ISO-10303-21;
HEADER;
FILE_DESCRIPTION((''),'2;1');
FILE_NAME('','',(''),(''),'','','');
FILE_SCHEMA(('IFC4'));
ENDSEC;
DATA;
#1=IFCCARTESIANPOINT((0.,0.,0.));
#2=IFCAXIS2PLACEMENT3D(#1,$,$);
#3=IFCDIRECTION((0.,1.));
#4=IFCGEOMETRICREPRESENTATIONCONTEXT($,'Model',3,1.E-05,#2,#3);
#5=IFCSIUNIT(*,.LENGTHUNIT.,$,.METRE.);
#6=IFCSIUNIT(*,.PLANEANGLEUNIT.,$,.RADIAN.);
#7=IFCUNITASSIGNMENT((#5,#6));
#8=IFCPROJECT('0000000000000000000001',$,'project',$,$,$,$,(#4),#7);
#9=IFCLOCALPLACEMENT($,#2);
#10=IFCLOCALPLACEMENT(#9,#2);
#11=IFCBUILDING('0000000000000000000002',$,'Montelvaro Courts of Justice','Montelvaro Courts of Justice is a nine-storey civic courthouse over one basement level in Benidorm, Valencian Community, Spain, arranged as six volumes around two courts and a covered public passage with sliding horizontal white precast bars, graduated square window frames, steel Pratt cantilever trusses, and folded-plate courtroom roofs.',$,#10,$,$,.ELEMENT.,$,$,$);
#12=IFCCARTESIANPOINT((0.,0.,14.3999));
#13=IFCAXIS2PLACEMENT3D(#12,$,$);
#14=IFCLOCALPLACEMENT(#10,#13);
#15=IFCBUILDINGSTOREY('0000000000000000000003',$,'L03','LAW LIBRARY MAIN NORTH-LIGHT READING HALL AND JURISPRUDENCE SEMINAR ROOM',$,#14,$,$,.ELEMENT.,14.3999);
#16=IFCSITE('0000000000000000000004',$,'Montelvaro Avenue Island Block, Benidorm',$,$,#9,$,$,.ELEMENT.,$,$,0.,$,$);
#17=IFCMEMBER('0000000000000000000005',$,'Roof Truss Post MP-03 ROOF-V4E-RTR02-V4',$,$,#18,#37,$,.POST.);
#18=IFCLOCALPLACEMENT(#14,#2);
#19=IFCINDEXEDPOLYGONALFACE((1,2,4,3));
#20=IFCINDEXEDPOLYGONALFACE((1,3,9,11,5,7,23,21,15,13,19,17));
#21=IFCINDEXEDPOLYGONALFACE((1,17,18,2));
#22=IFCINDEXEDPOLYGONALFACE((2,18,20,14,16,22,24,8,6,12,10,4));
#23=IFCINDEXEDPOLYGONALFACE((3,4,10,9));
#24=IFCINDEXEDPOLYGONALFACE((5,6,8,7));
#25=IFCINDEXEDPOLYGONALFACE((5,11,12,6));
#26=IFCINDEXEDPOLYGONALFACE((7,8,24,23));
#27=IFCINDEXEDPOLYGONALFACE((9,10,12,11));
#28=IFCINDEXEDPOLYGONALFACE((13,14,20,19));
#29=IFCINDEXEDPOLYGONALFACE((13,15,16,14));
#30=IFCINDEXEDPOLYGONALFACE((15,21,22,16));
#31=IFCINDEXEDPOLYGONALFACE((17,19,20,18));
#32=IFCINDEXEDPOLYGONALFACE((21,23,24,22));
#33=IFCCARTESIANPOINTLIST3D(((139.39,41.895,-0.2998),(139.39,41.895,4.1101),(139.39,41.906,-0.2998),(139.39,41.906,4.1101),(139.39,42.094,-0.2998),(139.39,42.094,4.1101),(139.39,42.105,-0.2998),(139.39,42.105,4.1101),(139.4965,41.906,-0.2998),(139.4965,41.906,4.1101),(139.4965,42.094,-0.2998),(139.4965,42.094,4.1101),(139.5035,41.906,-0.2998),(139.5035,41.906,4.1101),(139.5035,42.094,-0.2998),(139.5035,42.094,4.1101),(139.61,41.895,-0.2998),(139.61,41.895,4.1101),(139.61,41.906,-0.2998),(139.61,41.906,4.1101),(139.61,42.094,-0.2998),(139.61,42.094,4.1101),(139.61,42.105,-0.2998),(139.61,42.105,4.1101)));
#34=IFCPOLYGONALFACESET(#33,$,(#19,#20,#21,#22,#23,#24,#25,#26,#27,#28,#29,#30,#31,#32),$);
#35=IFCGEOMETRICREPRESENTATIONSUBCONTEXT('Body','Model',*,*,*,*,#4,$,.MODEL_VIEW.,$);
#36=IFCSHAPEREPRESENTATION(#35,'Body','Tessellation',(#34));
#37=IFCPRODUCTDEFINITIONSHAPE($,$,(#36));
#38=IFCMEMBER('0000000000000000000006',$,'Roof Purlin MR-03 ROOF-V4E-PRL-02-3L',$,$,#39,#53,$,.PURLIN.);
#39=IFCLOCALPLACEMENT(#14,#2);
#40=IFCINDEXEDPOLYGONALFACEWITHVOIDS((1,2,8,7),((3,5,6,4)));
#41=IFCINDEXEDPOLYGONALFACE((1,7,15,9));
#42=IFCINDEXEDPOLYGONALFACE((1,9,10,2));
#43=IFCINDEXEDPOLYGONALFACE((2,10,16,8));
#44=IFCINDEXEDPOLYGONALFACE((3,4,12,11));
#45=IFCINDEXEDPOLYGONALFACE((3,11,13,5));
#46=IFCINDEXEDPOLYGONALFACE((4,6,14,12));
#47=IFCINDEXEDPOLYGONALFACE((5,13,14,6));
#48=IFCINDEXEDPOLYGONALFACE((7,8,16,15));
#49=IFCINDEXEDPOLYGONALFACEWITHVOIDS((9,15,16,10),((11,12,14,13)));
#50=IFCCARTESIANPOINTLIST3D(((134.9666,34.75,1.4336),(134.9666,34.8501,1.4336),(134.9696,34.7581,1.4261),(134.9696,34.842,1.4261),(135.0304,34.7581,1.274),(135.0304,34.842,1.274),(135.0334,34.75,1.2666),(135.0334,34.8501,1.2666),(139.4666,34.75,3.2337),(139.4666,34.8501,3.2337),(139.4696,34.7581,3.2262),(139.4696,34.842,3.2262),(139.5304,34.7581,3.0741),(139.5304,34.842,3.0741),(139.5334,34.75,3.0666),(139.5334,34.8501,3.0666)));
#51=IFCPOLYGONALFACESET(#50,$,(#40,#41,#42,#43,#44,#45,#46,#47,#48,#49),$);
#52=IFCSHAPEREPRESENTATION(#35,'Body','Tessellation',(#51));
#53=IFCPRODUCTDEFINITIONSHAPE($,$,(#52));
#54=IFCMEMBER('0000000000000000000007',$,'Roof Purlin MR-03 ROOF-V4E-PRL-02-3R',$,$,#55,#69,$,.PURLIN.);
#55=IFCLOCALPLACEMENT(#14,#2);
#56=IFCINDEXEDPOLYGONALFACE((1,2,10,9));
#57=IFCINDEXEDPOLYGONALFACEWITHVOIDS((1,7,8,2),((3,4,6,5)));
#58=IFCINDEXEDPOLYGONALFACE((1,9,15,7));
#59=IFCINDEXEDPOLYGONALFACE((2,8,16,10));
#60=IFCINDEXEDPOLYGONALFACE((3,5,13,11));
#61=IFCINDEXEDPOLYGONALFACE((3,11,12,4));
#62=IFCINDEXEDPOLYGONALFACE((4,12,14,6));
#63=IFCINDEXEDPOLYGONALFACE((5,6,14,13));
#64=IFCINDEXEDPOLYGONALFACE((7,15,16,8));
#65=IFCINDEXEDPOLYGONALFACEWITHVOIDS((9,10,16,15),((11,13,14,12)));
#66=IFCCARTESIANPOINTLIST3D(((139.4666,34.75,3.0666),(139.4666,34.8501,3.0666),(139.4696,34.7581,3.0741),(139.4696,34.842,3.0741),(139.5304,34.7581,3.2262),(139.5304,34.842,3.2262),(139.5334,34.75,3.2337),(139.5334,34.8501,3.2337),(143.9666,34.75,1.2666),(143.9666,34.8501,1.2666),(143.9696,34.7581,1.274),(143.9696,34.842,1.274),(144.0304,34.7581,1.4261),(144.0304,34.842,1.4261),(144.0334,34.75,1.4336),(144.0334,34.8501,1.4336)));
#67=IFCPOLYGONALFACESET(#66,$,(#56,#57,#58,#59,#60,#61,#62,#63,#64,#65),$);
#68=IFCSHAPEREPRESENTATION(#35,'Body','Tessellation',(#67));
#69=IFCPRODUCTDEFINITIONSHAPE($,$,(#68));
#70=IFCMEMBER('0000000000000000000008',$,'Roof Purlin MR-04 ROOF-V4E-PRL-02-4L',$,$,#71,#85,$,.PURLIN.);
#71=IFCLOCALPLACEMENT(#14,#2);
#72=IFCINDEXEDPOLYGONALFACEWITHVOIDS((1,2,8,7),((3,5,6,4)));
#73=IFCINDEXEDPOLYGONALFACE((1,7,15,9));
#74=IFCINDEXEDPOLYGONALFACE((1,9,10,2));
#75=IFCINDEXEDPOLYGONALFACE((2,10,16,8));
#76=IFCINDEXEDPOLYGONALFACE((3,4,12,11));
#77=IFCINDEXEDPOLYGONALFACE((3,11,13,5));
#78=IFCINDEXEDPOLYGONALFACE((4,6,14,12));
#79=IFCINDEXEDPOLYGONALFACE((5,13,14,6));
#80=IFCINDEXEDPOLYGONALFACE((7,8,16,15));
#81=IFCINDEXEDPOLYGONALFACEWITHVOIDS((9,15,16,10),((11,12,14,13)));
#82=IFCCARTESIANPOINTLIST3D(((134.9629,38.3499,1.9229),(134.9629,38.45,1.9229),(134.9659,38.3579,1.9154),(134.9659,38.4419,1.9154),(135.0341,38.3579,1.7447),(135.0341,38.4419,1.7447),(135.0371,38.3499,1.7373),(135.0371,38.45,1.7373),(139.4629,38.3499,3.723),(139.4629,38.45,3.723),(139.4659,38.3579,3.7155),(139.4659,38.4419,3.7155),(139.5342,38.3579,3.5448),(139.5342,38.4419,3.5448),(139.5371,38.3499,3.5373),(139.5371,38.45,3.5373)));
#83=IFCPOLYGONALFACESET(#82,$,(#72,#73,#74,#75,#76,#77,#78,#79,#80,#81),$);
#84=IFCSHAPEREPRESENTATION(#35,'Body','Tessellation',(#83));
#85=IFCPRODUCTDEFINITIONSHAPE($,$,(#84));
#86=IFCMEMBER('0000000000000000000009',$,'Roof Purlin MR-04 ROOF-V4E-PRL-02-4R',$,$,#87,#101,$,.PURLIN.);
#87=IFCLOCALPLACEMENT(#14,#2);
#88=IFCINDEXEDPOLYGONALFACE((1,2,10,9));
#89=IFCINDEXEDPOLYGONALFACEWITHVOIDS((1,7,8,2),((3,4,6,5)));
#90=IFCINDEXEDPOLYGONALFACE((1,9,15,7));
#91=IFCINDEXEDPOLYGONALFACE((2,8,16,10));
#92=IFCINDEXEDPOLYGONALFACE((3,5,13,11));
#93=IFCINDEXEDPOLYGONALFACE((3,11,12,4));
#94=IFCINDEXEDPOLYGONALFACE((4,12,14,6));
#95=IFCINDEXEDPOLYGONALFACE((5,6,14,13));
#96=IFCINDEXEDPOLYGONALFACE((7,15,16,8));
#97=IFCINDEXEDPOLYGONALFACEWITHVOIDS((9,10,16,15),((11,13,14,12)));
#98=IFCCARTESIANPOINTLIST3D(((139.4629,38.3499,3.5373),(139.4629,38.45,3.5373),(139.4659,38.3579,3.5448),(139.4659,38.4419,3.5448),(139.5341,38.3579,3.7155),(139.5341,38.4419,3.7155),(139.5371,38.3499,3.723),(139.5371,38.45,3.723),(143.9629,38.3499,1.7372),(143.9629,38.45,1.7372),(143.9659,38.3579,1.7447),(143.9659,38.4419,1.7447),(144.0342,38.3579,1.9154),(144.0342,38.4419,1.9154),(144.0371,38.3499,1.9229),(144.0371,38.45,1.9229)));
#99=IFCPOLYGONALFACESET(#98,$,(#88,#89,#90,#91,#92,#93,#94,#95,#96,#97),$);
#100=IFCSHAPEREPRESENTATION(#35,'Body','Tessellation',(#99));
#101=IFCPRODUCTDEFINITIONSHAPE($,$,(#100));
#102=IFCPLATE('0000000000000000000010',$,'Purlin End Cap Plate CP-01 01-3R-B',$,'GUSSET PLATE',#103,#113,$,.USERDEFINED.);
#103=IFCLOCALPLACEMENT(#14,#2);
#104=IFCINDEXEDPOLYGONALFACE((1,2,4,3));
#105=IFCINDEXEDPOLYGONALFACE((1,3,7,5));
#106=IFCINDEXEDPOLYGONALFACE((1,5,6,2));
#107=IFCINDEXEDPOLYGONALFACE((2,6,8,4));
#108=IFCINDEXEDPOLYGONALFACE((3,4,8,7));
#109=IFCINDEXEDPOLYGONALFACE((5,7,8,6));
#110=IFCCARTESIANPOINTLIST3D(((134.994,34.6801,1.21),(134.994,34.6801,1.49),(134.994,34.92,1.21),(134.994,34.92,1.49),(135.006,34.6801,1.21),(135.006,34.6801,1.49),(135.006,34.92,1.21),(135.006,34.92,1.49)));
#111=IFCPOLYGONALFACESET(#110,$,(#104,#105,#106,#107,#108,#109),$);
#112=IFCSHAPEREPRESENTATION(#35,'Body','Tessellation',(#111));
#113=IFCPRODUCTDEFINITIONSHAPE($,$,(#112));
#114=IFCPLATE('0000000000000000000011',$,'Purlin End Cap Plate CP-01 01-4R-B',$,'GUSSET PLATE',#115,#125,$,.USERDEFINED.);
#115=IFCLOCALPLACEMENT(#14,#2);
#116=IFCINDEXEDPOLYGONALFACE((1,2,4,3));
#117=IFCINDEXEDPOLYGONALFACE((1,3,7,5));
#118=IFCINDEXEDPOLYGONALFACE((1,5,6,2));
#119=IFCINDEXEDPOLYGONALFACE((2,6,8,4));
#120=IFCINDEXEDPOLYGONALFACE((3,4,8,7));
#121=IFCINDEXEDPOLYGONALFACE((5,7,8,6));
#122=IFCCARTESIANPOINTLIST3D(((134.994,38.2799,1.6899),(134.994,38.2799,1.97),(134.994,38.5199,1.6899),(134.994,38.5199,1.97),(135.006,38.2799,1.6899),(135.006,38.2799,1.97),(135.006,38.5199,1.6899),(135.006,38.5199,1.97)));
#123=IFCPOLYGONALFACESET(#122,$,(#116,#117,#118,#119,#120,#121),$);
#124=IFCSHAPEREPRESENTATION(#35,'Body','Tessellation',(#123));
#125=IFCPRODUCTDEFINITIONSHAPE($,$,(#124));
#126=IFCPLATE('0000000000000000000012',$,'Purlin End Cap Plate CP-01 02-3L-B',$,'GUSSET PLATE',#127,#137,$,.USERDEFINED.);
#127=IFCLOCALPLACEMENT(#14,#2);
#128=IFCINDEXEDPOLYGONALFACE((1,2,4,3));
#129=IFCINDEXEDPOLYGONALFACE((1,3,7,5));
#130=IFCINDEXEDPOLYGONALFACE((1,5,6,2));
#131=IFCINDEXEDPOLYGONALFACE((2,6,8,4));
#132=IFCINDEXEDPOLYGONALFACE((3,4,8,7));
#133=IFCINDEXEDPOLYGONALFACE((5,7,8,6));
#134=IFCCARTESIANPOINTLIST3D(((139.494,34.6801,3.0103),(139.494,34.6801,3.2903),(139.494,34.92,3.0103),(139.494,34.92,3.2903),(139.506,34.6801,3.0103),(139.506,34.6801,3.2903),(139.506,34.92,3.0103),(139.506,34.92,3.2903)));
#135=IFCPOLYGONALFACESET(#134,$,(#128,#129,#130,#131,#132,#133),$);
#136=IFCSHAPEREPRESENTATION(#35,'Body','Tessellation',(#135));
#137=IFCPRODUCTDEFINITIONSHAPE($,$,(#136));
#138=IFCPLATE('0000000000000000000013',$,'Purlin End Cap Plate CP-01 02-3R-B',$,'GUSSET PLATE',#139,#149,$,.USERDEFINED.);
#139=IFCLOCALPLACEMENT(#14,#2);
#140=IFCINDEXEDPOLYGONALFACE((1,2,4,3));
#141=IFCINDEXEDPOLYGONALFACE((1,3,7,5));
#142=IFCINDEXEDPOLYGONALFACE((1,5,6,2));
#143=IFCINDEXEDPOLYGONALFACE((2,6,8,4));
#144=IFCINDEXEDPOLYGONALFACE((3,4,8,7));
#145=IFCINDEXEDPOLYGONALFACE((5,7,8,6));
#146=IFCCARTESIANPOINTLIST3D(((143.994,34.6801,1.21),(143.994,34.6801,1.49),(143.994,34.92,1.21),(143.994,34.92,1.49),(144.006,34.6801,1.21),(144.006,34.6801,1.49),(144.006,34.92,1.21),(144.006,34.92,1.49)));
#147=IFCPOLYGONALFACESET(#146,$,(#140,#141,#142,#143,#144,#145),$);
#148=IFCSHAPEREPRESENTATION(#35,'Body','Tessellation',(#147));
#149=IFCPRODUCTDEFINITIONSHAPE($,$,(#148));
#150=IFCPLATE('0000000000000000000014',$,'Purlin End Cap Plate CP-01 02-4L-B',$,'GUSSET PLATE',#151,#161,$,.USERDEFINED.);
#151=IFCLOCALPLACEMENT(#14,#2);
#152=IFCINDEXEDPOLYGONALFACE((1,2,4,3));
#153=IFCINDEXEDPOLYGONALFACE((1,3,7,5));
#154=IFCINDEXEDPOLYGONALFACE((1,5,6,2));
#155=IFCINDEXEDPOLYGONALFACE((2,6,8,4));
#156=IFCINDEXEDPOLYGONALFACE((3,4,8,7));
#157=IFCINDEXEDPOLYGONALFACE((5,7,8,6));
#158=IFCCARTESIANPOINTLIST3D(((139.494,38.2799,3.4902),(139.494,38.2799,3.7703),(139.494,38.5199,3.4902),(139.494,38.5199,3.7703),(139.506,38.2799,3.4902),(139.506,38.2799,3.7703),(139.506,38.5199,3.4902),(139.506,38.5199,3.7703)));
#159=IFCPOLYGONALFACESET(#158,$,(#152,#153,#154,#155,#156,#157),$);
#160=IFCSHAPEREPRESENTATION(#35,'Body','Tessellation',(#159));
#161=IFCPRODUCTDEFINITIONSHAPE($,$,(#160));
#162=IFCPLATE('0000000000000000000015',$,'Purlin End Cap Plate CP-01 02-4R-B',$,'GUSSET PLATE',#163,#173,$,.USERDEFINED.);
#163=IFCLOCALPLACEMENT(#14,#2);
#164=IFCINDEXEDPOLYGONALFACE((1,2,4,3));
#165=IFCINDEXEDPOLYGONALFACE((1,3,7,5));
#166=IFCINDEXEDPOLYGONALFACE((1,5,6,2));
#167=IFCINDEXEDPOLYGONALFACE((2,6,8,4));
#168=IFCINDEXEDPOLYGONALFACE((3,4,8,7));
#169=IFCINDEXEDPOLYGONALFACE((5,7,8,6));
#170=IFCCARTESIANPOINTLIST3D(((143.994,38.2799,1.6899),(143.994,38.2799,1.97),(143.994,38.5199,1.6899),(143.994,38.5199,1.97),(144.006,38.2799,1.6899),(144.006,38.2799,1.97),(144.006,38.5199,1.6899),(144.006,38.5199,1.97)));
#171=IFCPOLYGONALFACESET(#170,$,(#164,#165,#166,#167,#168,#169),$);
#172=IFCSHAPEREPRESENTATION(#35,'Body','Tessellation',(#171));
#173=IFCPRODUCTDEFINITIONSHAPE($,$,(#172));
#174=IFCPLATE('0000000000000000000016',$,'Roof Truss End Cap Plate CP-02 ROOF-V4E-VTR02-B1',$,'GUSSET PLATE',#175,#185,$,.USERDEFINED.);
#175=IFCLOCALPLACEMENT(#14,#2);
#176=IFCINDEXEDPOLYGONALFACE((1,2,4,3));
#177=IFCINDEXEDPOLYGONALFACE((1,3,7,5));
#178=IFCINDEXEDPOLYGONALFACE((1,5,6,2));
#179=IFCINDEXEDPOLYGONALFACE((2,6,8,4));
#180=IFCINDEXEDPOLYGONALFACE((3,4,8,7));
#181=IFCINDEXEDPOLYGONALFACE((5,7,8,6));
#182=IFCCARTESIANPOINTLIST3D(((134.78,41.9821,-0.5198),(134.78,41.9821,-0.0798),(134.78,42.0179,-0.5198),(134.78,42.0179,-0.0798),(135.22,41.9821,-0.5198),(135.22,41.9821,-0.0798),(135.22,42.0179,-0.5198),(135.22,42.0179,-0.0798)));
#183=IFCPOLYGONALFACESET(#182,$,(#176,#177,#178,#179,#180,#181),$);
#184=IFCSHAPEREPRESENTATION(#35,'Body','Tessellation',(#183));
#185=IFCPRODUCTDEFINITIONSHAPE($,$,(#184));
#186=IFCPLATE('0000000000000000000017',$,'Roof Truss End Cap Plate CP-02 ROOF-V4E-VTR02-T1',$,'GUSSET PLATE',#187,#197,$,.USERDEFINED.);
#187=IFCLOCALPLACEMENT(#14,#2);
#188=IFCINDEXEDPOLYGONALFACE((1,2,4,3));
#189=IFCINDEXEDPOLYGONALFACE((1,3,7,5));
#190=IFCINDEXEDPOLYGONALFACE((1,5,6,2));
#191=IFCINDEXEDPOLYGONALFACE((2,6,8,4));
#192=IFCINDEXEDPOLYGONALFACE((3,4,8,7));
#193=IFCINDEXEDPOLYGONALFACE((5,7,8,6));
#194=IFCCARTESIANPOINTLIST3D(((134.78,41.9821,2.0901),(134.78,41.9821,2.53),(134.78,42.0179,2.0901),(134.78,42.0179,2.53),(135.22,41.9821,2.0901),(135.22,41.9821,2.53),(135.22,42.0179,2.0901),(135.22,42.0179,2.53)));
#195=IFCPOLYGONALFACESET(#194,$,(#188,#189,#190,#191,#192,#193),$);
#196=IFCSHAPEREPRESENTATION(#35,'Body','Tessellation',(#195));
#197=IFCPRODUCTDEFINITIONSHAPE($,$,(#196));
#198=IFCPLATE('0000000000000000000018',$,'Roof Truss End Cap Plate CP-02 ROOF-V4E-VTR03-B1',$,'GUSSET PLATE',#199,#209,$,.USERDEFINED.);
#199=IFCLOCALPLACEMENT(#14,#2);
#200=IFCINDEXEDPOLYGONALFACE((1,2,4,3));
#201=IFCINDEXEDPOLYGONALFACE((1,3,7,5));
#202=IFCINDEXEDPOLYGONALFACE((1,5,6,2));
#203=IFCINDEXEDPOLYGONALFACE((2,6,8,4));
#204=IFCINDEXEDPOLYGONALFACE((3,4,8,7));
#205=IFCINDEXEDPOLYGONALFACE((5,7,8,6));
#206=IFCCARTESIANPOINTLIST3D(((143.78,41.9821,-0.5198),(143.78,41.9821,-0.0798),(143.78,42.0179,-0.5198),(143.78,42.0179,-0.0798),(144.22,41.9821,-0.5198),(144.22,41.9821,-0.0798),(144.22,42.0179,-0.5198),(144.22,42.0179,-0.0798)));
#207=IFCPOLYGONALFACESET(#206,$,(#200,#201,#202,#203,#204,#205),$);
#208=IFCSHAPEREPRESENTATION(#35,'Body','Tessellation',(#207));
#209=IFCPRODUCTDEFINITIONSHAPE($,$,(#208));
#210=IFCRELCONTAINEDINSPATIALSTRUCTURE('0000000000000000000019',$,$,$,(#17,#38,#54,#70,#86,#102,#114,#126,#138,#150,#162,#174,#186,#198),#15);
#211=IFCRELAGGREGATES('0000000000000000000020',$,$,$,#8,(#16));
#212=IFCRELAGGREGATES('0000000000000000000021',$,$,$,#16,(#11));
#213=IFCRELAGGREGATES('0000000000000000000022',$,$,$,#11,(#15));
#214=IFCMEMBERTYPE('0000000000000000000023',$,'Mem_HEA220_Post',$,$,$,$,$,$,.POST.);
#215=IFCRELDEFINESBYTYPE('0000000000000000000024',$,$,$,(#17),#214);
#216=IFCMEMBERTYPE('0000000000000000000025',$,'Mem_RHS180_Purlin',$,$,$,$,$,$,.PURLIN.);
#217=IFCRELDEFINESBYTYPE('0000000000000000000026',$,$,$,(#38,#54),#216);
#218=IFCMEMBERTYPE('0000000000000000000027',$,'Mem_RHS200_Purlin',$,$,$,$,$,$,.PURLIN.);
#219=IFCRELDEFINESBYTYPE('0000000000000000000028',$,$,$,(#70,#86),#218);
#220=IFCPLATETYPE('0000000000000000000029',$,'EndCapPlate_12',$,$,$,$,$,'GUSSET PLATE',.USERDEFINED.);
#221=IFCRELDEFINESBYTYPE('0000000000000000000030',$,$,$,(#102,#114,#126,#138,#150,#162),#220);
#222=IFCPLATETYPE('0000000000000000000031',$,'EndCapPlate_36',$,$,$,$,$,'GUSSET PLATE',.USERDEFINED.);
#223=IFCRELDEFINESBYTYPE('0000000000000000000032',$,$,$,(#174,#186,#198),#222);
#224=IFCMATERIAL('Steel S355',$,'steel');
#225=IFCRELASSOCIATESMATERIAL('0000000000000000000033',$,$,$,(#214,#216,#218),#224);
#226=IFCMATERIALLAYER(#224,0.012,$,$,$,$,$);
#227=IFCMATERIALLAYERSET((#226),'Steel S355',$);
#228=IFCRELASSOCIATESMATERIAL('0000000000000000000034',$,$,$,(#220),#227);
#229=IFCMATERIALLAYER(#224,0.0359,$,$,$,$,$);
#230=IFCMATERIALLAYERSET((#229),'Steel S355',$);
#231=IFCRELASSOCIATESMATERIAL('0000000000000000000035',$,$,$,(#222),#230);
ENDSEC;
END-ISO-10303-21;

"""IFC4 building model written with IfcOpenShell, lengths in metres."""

from ifc_helpers import new_model, si_unit, direction, frame, origin, origin_2d, place, context, subcontext, project, spatial, rectangle, hollow_rectangle, i_section, extrude, material, layer, layer_set, material_profile, profile_set, type_object, element, save


model = new_model("IFC4")

# Units and contexts
model_context = context("Model", 3, precision=1e-05, world=origin(), true_north=direction((0.0, 1.0)))
body_context = subcontext(model_context, "Body", "Model", "MODEL_VIEW")
ifc_project = project(units=[si_unit("LENGTHUNIT", "METRE"), si_unit("PLANEANGLEUNIT", "RADIAN")], contexts=[model_context])

# Site, building, storey
site_placement = place(None, origin())
site = spatial("IfcSite", under=ifc_project, at=site_placement, Name="Montelvaro Avenue Island Block, Benidorm", CompositionType="ELEMENT", RefElevation=0.0)
building_placement = place(site_placement, origin())
building = spatial("IfcBuilding", under=site, at=building_placement, Name="Montelvaro Courts of Justice", Description="Montelvaro Courts of Justice is a nine-storey civic courthouse over one basement level in Benidorm, Valencian Community, Spain, arranged as six volumes around two courts and a covered public passage with sliding horizontal white precast bars, graduated square window frames, steel Pratt cantilever trusses, and folded-plate courtroom roofs.", CompositionType="ELEMENT")
storey_placement = place(building_placement, frame((0.0, 0.0, 14.3999)))
storey = spatial("IfcBuildingStorey", under=building, at=storey_placement, Name="L03", Description="LAW LIBRARY MAIN NORTH-LIGHT READING HALL AND JURISPRUDENCE SEMINAR ROOM", CompositionType="ELEMENT", Elevation=14.3999)

# Members
ifc_material = material(Name="Steel S355", Category="steel")
ifc_material_profile_1 = material_profile(ifc_material, i_section(OverallWidth=0.22, OverallDepth=0.21, WebThickness=0.0071, FlangeThickness=0.011, at=origin_2d()), Name="HEA 220")
ifc_profile_set_1 = profile_set([ifc_material_profile_1], Name="Steel S355")
member_type_1 = type_object("IfcMemberType", Name="Mem_HEA220_Post", PredefinedType="POST", material=ifc_profile_set_1)
member_1_placement = place(storey_placement, frame((139.5, 42.0, -0.2998), z_axis=(0.0, 0.0, 1.0), x_axis=(1.0, 0.0, 0.0)))
element("IfcMember", 1, at=member_1_placement, inside=storey, type_object=member_type_1, Name="Roof Truss Post MP-03 ROOF-V4E-RTR02-V4", PredefinedType="POST", context=body_context, shape_type="SweptSolid", body=[
    extrude(i_section(OverallWidth=0.22, OverallDepth=0.21, WebThickness=0.0071, FlangeThickness=0.011, at=origin_2d()), origin(), (0.0, 0.0, 1.0), 4.4099),
])
ifc_material_profile_2 = material_profile(ifc_material, hollow_rectangle(XDim=0.1001, YDim=0.1799, WallThickness=0.0081, at=origin_2d()), Name="RHS 180x100x8")
ifc_profile_set_2 = profile_set([ifc_material_profile_2], Name="Steel S355")
member_type_2 = type_object("IfcMemberType", Name="Mem_RHS180_Purlin", PredefinedType="PURLIN", material=ifc_profile_set_2)
for number, where, z_axis, x_axis, name in (
    (2, (135.0, 34.8, 1.3501), (0.928473, 0.0, 0.371399), (0.0, 1.0, 0.0), "Roof Purlin MR-03 ROOF-V4E-PRL-02-3L"),
    (3, (139.5, 34.8, 3.1501), (0.928473, 0.0, -0.371399), (0.0, 1.0, 0.0), "Roof Purlin MR-03 ROOF-V4E-PRL-02-3R"),
):
    element("IfcMember", number, at=place(storey_placement, frame(where, z_axis=z_axis, x_axis=x_axis)), inside=storey, type_object=member_type_2, Name=name, PredefinedType="PURLIN", context=body_context, shape_type="SweptSolid", body=[
        extrude(hollow_rectangle(XDim=0.1001, YDim=0.1799, WallThickness=0.0081, at=origin_2d()), origin(), (0.0, 0.0, 1.0), 4.8467),
    ])
ifc_material_profile_3 = material_profile(ifc_material, hollow_rectangle(XDim=0.1001, YDim=0.2, WallThickness=0.0081, at=origin_2d()), Name="RHS 200x100x8")
ifc_profile_set_3 = profile_set([ifc_material_profile_3], Name="Steel S355")
member_type_3 = type_object("IfcMemberType", Name="Mem_RHS200_Purlin", PredefinedType="PURLIN", material=ifc_profile_set_3)
for number, where, z_axis, x_axis, name in (
    (4, (135.0, 38.3999, 1.8301), (0.928473, 0.0, 0.371399), (0.0, 1.0, 0.0), "Roof Purlin MR-04 ROOF-V4E-PRL-02-4L"),
    (5, (139.5, 38.3999, 3.6301), (0.928473, 0.0, -0.371399), (0.0, 1.0, 0.0), "Roof Purlin MR-04 ROOF-V4E-PRL-02-4R"),
):
    element("IfcMember", number, at=place(storey_placement, frame(where, z_axis=z_axis, x_axis=x_axis)), inside=storey, type_object=member_type_3, Name=name, PredefinedType="PURLIN", context=body_context, shape_type="SweptSolid", body=[
        extrude(hollow_rectangle(XDim=0.1001, YDim=0.2, WallThickness=0.0081, at=origin_2d()), origin(), (0.0, 0.0, 1.0), 4.8467),
    ])

# Plates
ifc_layer_1 = layer(ifc_material, 0.012)
ifc_layer_set_1 = layer_set([ifc_layer_1], Name="Steel S355")
plate_type_1 = type_object("IfcPlateType", Name="EndCapPlate_12", ElementType="GUSSET PLATE", PredefinedType="USERDEFINED", material=ifc_layer_set_1)
for number, where, z_axis, x_axis, name in (
    (6, (135.0, 34.8, 1.21), (0.0, 0.0, 1.0), (1.0, 0.0, 0.0), "Purlin End Cap Plate CP-01 01-3R-B"),
    (7, (135.0, 38.3999, 1.6899), (0.0, 0.0, 1.0), (1.0, 0.0, 0.0), "Purlin End Cap Plate CP-01 01-4R-B"),
    (8, (139.5, 34.8, 3.0103), (0.0, 0.0, 1.0), (1.0, 0.0, 0.0), "Purlin End Cap Plate CP-01 02-3L-B"),
    (9, (144.0, 34.8, 1.21), (0.0, 0.0, 1.0), (1.0, 0.0, 0.0), "Purlin End Cap Plate CP-01 02-3R-B"),
    (10, (139.5, 38.3999, 3.4902), (0.0, 0.0, 1.0), (1.0, 0.0, 0.0), "Purlin End Cap Plate CP-01 02-4L-B"),
    (11, (144.0, 38.3999, 1.6899), (0.0, 0.0, 1.0), (1.0, 0.0, 0.0), "Purlin End Cap Plate CP-01 02-4R-B"),
):
    element("IfcPlate", number, at=place(storey_placement, frame(where, z_axis=z_axis, x_axis=x_axis)), inside=storey, type_object=plate_type_1, Name=name, ObjectType="GUSSET PLATE", PredefinedType="USERDEFINED", context=body_context, shape_type="SweptSolid", body=[
        extrude(rectangle(XDim=0.012, YDim=0.24, at=origin_2d()), origin(), (0.0, 0.0, 1.0), 0.28),
    ])
ifc_layer_2 = layer(ifc_material, 0.0359)
ifc_layer_set_2 = layer_set([ifc_layer_2], Name="Steel S355")
plate_type_2 = type_object("IfcPlateType", Name="EndCapPlate_36", ElementType="GUSSET PLATE", PredefinedType="USERDEFINED", material=ifc_layer_set_2)
for number, where, z_axis, x_axis, name in (
    (12, (135.0, 42.0, -0.5198), (0.0, 0.0, 1.0), (1.0, 0.0, 0.0), "Roof Truss End Cap Plate CP-02 ROOF-V4E-VTR02-B1"),
    (13, (135.0, 42.0, 2.0901), (0.0, 0.0, 1.0), (1.0, 0.0, 0.0), "Roof Truss End Cap Plate CP-02 ROOF-V4E-VTR02-T1"),
    (14, (144.0, 42.0, -0.5198), (0.0, 0.0, 1.0), (1.0, 0.0, 0.0), "Roof Truss End Cap Plate CP-02 ROOF-V4E-VTR03-B1"),
):
    element("IfcPlate", number, at=place(storey_placement, frame(where, z_axis=z_axis, x_axis=x_axis)), inside=storey, type_object=plate_type_2, Name=name, ObjectType="GUSSET PLATE", PredefinedType="USERDEFINED", context=body_context, shape_type="SweptSolid", body=[
        extrude(rectangle(XDim=0.4399, YDim=0.0359, at=origin_2d()), origin(), (0.0, 0.0, 1.0), 0.4399),
    ])

save(model, "model.ifc")
